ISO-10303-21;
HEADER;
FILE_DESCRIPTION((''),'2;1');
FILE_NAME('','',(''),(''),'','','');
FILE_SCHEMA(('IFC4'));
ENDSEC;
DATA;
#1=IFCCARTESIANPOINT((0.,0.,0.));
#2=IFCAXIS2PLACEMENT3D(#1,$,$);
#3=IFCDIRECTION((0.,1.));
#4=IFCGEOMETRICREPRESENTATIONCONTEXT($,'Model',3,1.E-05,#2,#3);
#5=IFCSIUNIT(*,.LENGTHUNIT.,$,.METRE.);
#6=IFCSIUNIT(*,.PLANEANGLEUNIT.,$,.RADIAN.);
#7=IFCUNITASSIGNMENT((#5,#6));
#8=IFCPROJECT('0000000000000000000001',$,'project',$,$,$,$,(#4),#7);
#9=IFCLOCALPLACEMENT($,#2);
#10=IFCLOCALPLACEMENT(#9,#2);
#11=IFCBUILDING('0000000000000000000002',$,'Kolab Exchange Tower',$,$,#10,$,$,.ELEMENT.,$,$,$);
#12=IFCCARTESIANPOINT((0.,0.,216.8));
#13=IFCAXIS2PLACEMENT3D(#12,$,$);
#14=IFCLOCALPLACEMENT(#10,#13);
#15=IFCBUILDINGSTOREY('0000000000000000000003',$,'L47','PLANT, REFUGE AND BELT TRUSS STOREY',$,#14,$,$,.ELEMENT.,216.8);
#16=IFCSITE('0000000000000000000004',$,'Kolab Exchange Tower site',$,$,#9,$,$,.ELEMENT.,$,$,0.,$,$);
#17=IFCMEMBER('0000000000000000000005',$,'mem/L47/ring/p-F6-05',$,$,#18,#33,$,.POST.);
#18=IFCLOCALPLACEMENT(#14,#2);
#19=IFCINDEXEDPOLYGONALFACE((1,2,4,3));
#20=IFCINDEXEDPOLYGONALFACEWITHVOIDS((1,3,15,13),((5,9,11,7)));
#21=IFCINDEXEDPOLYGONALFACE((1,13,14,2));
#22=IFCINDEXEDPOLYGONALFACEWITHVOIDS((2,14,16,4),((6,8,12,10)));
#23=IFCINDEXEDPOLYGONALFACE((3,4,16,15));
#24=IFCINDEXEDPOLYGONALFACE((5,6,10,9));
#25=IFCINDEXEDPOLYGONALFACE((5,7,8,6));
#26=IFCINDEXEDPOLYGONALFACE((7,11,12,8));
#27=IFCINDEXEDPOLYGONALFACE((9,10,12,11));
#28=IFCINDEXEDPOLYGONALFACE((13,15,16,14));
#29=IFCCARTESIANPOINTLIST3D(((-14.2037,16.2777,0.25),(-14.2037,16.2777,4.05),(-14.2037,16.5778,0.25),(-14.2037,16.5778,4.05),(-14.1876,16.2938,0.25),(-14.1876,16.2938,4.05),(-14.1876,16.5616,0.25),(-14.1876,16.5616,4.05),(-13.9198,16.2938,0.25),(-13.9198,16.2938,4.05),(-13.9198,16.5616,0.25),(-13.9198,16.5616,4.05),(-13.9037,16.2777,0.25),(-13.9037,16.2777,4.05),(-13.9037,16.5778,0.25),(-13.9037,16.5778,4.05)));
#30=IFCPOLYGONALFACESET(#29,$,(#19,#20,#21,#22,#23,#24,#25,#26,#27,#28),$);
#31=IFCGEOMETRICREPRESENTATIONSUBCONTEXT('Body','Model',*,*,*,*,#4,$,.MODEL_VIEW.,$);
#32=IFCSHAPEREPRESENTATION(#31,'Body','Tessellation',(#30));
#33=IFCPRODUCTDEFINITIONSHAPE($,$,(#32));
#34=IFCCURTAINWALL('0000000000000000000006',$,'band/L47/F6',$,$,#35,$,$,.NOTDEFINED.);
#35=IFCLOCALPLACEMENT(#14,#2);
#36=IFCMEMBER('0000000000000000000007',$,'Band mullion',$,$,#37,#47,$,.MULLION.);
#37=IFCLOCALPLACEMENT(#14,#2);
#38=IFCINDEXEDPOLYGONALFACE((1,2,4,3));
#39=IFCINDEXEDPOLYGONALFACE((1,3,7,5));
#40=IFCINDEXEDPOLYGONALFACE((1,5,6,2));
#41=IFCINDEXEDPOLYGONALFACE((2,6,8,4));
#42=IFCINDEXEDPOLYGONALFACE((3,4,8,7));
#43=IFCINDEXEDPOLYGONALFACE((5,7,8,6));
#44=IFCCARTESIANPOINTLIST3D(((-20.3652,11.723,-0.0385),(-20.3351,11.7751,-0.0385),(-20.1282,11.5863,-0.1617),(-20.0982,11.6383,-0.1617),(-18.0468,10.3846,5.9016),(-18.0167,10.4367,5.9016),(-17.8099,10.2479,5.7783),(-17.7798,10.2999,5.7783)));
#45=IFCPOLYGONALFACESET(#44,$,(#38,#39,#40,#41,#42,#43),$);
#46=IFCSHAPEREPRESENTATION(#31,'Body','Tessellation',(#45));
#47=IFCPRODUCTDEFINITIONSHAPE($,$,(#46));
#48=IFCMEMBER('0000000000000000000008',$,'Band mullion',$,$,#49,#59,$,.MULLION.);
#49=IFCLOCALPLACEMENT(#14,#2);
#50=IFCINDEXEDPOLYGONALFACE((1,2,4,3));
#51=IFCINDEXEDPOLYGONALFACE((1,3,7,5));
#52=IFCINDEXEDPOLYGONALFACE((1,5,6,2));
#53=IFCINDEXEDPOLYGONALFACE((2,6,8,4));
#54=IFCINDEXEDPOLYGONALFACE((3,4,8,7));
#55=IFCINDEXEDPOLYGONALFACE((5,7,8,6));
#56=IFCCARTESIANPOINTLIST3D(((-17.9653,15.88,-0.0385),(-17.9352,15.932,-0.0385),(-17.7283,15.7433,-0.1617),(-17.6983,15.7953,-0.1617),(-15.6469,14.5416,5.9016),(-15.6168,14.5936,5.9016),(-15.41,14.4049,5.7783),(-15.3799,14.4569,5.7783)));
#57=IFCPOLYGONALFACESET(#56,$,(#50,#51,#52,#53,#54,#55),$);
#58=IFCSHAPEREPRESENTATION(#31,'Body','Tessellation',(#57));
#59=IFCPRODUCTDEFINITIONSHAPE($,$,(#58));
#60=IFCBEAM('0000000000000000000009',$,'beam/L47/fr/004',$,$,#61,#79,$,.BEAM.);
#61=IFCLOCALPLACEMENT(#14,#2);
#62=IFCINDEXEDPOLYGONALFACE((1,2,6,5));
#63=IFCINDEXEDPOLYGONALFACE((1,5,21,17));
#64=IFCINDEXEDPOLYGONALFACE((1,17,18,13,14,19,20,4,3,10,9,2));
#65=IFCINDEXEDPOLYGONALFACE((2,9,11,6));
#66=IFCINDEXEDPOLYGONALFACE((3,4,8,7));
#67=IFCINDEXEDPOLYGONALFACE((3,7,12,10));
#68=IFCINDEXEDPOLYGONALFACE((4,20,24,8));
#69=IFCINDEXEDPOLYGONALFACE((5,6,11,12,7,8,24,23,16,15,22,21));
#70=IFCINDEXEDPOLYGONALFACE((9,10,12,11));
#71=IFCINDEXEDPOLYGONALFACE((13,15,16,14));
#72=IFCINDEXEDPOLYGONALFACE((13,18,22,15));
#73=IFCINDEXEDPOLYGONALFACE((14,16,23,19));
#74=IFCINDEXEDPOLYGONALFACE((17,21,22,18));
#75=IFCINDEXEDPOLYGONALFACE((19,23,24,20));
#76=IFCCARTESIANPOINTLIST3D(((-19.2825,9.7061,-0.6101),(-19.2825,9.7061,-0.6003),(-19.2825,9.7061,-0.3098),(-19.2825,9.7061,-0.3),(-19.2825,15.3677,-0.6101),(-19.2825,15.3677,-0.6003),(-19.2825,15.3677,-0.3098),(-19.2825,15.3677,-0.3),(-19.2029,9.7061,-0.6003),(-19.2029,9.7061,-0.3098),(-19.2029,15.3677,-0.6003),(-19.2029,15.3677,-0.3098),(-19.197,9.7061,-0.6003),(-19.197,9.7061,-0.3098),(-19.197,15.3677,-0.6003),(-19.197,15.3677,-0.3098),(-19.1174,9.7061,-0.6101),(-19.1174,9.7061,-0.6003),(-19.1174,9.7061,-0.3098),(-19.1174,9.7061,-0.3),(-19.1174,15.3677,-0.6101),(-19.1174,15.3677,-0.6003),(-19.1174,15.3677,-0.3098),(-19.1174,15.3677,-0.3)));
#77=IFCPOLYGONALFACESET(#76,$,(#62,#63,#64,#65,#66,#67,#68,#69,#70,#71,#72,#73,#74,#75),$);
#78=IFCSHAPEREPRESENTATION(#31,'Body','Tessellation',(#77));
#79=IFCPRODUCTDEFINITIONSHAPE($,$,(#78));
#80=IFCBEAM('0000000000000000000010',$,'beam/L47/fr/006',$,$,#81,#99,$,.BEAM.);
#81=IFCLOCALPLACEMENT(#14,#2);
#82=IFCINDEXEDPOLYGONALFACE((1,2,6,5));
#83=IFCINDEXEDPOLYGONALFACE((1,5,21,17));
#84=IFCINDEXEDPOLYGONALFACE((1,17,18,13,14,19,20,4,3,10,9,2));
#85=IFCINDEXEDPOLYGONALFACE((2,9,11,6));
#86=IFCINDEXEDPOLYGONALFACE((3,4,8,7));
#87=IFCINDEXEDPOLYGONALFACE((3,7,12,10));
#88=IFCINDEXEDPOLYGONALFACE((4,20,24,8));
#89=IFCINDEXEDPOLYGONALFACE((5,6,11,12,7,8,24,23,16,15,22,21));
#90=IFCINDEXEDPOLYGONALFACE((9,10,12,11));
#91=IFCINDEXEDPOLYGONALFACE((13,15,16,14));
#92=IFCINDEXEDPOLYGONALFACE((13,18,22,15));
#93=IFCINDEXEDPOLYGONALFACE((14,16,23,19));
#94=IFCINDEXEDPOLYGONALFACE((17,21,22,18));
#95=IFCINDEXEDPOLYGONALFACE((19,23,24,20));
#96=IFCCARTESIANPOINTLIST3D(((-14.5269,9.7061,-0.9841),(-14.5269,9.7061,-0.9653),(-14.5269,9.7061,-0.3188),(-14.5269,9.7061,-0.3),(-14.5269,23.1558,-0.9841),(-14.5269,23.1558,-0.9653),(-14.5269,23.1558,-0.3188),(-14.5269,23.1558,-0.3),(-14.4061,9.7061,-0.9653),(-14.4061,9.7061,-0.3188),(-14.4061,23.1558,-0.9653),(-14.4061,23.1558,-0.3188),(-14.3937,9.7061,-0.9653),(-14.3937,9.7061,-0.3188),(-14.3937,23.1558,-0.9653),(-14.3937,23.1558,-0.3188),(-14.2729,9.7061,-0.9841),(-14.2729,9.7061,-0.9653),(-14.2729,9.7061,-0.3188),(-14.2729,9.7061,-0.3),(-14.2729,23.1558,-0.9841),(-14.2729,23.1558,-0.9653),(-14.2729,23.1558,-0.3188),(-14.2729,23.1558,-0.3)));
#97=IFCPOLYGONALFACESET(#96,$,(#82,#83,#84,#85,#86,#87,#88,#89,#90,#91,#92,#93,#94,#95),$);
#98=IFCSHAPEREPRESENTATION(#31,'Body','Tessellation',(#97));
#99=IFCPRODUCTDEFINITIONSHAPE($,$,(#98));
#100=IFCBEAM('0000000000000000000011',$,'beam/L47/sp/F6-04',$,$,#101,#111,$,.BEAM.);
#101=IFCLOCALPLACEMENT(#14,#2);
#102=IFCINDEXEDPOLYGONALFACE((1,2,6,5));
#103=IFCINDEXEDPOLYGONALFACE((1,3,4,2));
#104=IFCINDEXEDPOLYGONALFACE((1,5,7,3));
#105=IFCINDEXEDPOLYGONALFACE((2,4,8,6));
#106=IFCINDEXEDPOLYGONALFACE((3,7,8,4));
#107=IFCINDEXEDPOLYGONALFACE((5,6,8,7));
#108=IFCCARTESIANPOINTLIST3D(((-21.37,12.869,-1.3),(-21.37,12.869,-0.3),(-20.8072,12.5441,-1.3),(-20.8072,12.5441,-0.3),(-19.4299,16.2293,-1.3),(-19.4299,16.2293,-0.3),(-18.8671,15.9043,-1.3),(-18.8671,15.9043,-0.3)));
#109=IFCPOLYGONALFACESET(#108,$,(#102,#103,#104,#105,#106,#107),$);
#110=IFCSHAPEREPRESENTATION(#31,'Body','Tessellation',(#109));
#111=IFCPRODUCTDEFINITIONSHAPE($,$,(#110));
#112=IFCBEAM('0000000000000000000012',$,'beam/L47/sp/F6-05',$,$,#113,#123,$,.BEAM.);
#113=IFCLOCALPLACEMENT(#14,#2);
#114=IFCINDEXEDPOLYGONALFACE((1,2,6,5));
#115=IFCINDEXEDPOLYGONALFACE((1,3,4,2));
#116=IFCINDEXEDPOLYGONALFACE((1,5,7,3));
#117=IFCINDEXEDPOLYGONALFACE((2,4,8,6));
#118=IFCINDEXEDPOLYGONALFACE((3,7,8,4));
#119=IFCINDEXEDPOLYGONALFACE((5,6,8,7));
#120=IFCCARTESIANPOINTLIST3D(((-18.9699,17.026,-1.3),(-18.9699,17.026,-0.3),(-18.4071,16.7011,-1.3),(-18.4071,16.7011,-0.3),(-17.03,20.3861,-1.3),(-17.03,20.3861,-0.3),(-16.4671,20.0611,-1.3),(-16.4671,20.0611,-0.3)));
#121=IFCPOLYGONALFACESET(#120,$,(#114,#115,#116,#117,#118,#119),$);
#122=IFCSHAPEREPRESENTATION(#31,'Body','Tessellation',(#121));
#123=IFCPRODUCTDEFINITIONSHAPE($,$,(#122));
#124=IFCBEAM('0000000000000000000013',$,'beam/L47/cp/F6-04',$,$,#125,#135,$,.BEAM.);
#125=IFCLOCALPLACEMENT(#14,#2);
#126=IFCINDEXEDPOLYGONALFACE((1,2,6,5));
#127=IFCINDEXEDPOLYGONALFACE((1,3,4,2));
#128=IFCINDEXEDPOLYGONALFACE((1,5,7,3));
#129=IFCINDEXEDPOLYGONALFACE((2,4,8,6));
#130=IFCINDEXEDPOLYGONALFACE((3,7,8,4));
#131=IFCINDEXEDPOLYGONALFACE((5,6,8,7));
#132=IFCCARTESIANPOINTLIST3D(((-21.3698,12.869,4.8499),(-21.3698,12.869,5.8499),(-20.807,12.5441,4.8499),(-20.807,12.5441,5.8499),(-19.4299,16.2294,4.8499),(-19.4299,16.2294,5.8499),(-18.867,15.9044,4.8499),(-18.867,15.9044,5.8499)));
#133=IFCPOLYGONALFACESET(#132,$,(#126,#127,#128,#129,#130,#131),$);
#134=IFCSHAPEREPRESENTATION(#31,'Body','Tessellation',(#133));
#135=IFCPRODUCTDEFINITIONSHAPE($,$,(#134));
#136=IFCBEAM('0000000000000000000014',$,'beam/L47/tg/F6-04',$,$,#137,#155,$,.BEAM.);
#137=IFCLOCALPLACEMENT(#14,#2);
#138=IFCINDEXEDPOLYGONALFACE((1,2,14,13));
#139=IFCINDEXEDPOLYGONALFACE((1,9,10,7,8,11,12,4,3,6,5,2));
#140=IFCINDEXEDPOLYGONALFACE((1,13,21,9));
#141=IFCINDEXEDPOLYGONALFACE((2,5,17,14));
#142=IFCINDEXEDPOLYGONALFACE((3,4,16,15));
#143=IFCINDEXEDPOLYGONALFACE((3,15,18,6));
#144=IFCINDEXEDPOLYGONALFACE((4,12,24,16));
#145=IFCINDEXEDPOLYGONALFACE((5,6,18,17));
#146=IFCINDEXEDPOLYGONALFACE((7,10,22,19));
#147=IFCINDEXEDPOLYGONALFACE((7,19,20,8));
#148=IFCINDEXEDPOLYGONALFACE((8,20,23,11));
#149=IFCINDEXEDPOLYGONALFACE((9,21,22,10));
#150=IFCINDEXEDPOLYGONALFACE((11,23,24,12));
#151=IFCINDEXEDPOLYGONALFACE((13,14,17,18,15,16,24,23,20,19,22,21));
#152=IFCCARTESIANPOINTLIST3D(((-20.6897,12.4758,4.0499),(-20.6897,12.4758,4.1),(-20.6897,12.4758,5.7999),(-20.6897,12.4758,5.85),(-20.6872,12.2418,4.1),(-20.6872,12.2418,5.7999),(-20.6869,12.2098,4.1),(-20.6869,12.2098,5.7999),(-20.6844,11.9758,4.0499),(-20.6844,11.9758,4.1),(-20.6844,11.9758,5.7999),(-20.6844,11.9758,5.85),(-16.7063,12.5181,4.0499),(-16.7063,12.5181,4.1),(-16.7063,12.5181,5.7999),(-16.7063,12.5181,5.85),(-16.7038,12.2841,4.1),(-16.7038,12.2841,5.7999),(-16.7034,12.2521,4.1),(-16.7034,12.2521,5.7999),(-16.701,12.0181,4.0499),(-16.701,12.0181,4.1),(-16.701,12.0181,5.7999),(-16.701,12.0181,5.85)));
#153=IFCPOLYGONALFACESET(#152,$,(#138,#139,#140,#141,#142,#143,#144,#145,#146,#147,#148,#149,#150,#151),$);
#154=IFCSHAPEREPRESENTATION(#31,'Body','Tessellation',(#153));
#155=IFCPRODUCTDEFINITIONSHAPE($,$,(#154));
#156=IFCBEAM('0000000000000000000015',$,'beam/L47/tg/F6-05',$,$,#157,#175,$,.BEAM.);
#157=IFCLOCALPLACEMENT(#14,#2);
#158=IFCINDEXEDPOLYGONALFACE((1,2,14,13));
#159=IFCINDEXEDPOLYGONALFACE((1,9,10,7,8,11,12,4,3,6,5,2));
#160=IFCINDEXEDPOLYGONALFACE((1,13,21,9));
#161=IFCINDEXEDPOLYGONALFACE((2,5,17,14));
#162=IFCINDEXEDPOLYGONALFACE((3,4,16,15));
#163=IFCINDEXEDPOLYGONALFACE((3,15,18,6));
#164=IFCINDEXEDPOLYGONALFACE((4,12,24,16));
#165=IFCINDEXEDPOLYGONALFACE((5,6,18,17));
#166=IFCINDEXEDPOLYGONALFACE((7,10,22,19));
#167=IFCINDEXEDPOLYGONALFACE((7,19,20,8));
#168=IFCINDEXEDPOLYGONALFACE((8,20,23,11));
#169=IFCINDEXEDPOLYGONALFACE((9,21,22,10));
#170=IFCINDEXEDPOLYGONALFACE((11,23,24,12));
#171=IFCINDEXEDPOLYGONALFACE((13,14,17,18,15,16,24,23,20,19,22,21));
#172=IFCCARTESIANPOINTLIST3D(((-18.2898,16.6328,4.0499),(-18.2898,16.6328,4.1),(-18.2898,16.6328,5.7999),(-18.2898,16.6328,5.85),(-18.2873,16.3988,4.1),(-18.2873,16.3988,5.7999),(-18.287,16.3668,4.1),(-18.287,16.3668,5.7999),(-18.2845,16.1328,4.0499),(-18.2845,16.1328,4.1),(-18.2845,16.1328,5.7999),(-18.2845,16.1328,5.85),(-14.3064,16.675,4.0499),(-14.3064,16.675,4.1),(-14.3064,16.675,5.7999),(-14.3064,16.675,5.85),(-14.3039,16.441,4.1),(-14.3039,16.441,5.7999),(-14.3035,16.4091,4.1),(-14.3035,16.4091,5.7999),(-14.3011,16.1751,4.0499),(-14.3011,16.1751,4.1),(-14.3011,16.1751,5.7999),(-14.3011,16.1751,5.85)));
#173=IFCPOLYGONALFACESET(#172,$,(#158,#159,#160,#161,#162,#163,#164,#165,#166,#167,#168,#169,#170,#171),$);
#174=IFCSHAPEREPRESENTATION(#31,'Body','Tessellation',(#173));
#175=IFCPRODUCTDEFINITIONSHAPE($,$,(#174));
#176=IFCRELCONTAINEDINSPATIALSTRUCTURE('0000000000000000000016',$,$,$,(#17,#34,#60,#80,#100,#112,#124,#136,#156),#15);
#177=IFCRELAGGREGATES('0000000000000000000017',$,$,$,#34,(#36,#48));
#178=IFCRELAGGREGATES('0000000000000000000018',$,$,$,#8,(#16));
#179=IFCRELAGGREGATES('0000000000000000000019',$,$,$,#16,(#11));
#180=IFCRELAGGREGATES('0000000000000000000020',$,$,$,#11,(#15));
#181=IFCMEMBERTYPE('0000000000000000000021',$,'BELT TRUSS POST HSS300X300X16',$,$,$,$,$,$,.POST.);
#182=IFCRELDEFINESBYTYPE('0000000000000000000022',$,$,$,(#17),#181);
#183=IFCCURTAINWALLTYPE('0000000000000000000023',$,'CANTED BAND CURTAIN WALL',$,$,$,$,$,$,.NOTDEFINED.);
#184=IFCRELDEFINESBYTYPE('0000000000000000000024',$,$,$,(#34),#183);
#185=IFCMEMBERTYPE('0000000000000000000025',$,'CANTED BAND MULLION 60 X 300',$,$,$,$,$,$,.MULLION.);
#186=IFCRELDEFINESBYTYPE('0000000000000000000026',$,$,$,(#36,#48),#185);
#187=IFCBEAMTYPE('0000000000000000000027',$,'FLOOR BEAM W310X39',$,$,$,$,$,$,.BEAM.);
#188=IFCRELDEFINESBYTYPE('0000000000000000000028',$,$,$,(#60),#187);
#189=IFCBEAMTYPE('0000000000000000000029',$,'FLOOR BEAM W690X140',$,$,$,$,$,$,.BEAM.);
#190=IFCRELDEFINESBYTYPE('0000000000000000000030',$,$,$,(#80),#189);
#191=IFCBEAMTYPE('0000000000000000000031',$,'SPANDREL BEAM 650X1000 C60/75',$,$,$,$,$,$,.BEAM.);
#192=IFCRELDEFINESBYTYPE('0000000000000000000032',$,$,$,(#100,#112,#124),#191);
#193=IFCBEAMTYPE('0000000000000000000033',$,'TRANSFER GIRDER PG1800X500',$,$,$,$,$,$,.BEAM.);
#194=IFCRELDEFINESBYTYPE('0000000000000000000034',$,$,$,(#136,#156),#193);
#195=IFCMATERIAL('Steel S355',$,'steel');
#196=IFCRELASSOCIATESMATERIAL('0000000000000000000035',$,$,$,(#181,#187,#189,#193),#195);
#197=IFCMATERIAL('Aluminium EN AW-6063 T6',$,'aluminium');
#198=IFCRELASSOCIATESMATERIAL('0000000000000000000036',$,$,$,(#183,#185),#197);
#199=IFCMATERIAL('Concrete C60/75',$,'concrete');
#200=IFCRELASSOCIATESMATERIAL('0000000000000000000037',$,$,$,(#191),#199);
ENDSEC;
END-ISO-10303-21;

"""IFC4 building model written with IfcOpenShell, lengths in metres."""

from ifc_helpers import new_model, si_unit, direction, frame, origin, origin_2d, place, context, subcontext, project, spatial, rectangle, hollow_rectangle, i_section, extrude, material, material_profile, profile_set, type_object, element, aggregate, save


model = new_model("IFC4")

# Units and contexts
model_context = context("Model", 3, precision=1e-05, world=origin(), true_north=direction((0.0, 1.0)))
body_context = subcontext(model_context, "Body", "Model", "MODEL_VIEW")
ifc_project = project(units=[si_unit("LENGTHUNIT", "METRE"), si_unit("PLANEANGLEUNIT", "RADIAN")], contexts=[model_context])

# Site, building, storey
site_placement = place(None, origin())
site = spatial("IfcSite", under=ifc_project, at=site_placement, Name="Kolab Exchange Tower site", CompositionType="ELEMENT", RefElevation=0.0)
building_placement = place(site_placement, origin())
building = spatial("IfcBuilding", under=site, at=building_placement, Name="Kolab Exchange Tower", CompositionType="ELEMENT")
storey_placement = place(building_placement, frame((0.0, 0.0, 216.8)))
storey = spatial("IfcBuildingStorey", under=building, at=storey_placement, Name="L47", Description="PLANT, REFUGE AND BELT TRUSS STOREY", CompositionType="ELEMENT", Elevation=216.8)

# Shared definitions
ifc_material_1 = material(Name="Concrete C60/75", Category="concrete")

# Shared definitions
ifc_material_2 = material(Name="Steel S355", Category="steel")

# Member
ifc_material_profile_1 = material_profile(ifc_material_2, hollow_rectangle(XDim=0.3, YDim=0.3, WallThickness=0.0161, at=origin_2d()), Name="HSS300X300X16")
ifc_profile_set_1 = profile_set([ifc_material_profile_1], Name="Steel S355")
member_type_1 = type_object("IfcMemberType", Name="BELT TRUSS POST HSS300X300X16", PredefinedType="POST", material=ifc_profile_set_1)
for number, where, z_axis, x_axis, name in (
    (1, (-14.0537, 16.4277, 0.25), (0.0, 0.0, 1.0), (1.0, 0.0, 0.0), "mem/L47/ring/p-F6-05"),
):
    element("IfcMember", number, at=place(storey_placement, frame(where, z_axis=z_axis, x_axis=x_axis)), inside=storey, type_object=member_type_1, Name=name, PredefinedType="POST", context=body_context, shape_type="SweptSolid", body=[
        extrude(hollow_rectangle(XDim=0.3, YDim=0.3, WallThickness=0.0161, at=origin_2d()), origin(), (0.0, 0.0, 1.0), 3.8),
    ])

# Curtain wall, members
ifc_material_3 = material(Name="Aluminium EN AW-6063 T6", Category="aluminium")
curtain_wall_type = type_object("IfcCurtainWallType", Name="CANTED BAND CURTAIN WALL", PredefinedType="NOTDEFINED", material=ifc_material_3)
curtain_wall_placement = place(storey_placement, origin())
curtain_wall = element("IfcCurtainWall", 2, at=curtain_wall_placement, inside=storey, type_object=curtain_wall_type, Name="band/L47/F6", PredefinedType="NOTDEFINED")
ifc_material_profile_2 = material_profile(ifc_material_3, rectangle(XDim=0.0601, YDim=0.3, at=origin_2d()), Name="RECT 60X300")
ifc_profile_set_2 = profile_set([ifc_material_profile_2], Name="Aluminium EN AW-6063 T6")
member_type_2 = type_object("IfcMemberType", Name="CANTED BAND MULLION 60 X 300", PredefinedType="MULLION", material=ifc_profile_set_2)
member_1_placement = place(storey_placement, frame((-20.2317, 11.6807, -0.1001), z_axis=(0.355834, -0.205421, 0.911693), x_axis=(0.499965, 0.866046, 0.0)))
member_1 = element("IfcMember", 3, at=member_1_placement, type_object=member_type_2, Name="Band mullion", PredefinedType="MULLION", context=body_context, shape_type="SweptSolid", body=[
    extrude(rectangle(XDim=0.0601, YDim=0.3, at=origin_2d()), origin(), (0.0, 0.0, 1.0), 6.5154),
])
member_2_placement = place(storey_placement, frame((-17.8318, 15.8376, -0.1001), z_axis=(0.355834, -0.205421, 0.911693), x_axis=(0.499965, 0.866046, 0.0)))
member_2 = element("IfcMember", 4, at=member_2_placement, type_object=member_type_2, Name="Band mullion", PredefinedType="MULLION", context=body_context, shape_type="SweptSolid", body=[
    extrude(rectangle(XDim=0.0601, YDim=0.3, at=origin_2d()), origin(), (0.0, 0.0, 1.0), 6.5154),
])

# Beams
ifc_material_profile_3 = material_profile(ifc_material_2, i_section(OverallWidth=0.165, OverallDepth=0.3101, WebThickness=0.0059, FlangeThickness=0.0098, at=origin_2d()), Name="W310X39")
ifc_profile_set_3 = profile_set([ifc_material_profile_3], Name="Steel S355")
beam_type_1 = type_object("IfcBeamType", Name="FLOOR BEAM W310X39", PredefinedType="BEAM", material=ifc_profile_set_3)
beam_1_placement = place(storey_placement, frame((-19.2, 9.7061, -0.4551), z_axis=(0.0, 1.0, 0.0), x_axis=(-1.0, 0.0, 0.0)))
element("IfcBeam", 5, at=beam_1_placement, inside=storey, type_object=beam_type_1, Name="beam/L47/fr/004", PredefinedType="BEAM", context=body_context, shape_type="SweptSolid", body=[
    extrude(i_section(OverallWidth=0.165, OverallDepth=0.3101, WebThickness=0.0059, FlangeThickness=0.0098, at=origin_2d()), origin(), (0.0, 0.0, 1.0), 5.6616),
])
ifc_material_profile_4 = material_profile(ifc_material_2, i_section(OverallWidth=0.2539, OverallDepth=0.6841, WebThickness=0.0125, FlangeThickness=0.0188, at=origin_2d()), Name="W690X140")
ifc_profile_set_4 = profile_set([ifc_material_profile_4], Name="Steel S355")
beam_type_2 = type_object("IfcBeamType", Name="FLOOR BEAM W690X140", PredefinedType="BEAM", material=ifc_profile_set_4)
beam_2_placement = place(storey_placement, frame((-14.3999, 9.7061, -0.6421), z_axis=(0.0, 1.0, 0.0), x_axis=(-1.0, 0.0, 0.0)))
element("IfcBeam", 6, at=beam_2_placement, inside=storey, type_object=beam_type_2, Name="beam/L47/fr/006", PredefinedType="BEAM", context=body_context, shape_type="SweptSolid", body=[
    extrude(i_section(OverallWidth=0.2539, OverallDepth=0.6841, WebThickness=0.0125, FlangeThickness=0.0188, at=origin_2d()), origin(), (0.0, 0.0, 1.0), 13.4497),
])
ifc_material_profile_5 = material_profile(ifc_material_1, rectangle(XDim=0.6499, YDim=1.0, at=origin_2d()), Name="RC650X1000")
ifc_profile_set_5 = profile_set([ifc_material_profile_5], Name="Concrete C60/75")
beam_type_3 = type_object("IfcBeamType", Name="SPANDREL BEAM 650X1000 C60/75", PredefinedType="BEAM", material=ifc_profile_set_5)
beam_3_placement = place(storey_placement, frame((-21.0886, 12.7065, -0.8), z_axis=(0.500017, 0.866016, 0.0), x_axis=(-0.866016, 0.500017, 0.0)))
element("IfcBeam", 7, at=beam_3_placement, inside=storey, type_object=beam_type_3, Name="beam/L47/sp/F6-04", PredefinedType="BEAM", context=body_context, shape_type="SweptSolid", body=[
    extrude(rectangle(XDim=0.6499, YDim=1.0, at=origin_2d()), origin(), (0.0, 0.0, 1.0), 3.8801),
])
beam_4_placement = place(storey_placement, frame((-18.6885, 16.8635, -0.8), z_axis=(0.499997, 0.866027, 0.0), x_axis=(-0.866027, 0.499997, 0.0)))
element("IfcBeam", 8, at=beam_4_placement, inside=storey, type_object=beam_type_3, Name="beam/L47/sp/F6-05", PredefinedType="BEAM", context=body_context, shape_type="SweptSolid", body=[
    extrude(rectangle(XDim=0.6499, YDim=1.0, at=origin_2d()), origin(), (0.0, 0.0, 1.0), 3.8799),
])
beam_5_placement = place(storey_placement, frame((-21.0884, 12.7065, 5.3499), z_axis=(0.499969, 0.866043, 0.0), x_axis=(-0.866043, 0.499969, 0.0)))
element("IfcBeam", 9, at=beam_5_placement, inside=storey, type_object=beam_type_3, Name="beam/L47/cp/F6-04", PredefinedType="BEAM", context=body_context, shape_type="SweptSolid", body=[
    extrude(rectangle(XDim=0.6499, YDim=1.0, at=origin_2d()), origin(), (0.0, 0.0, 1.0), 3.8801),
])
ifc_material_profile_6 = material_profile(ifc_material_2, i_section(OverallWidth=0.5, OverallDepth=1.8, WebThickness=0.032, FlangeThickness=0.05, at=origin_2d()), Name="PG1800X500")
ifc_profile_set_6 = profile_set([ifc_material_profile_6], Name="Steel S355")
beam_type_4 = type_object("IfcBeamType", Name="TRANSFER GIRDER PG1800X500", PredefinedType="BEAM", material=ifc_profile_set_6)
for number, where, z_axis, x_axis, name in (
    (10, (-16.7036, 12.2681, 4.95), (-0.999944, -0.010602, 0.0), (0.010602, -0.999944, 0.0), "beam/L47/tg/F6-04"),
    (11, (-14.3037, 16.425, 4.95), (-0.999944, -0.010602, 0.0), (0.010602, -0.999944, 0.0), "beam/L47/tg/F6-05"),
):
    element("IfcBeam", number, at=place(storey_placement, frame(where, z_axis=z_axis, x_axis=x_axis)), inside=storey, type_object=beam_type_4, Name=name, PredefinedType="BEAM", context=body_context, shape_type="SweptSolid", body=[
        extrude(i_section(OverallWidth=0.5, OverallDepth=1.8, WebThickness=0.032, FlangeThickness=0.05, at=origin_2d()), origin(), (0.0, 0.0, 1.0), 3.9836),
    ])

aggregate(curtain_wall, [member_1, member_2])

save(model, "model.ifc")
